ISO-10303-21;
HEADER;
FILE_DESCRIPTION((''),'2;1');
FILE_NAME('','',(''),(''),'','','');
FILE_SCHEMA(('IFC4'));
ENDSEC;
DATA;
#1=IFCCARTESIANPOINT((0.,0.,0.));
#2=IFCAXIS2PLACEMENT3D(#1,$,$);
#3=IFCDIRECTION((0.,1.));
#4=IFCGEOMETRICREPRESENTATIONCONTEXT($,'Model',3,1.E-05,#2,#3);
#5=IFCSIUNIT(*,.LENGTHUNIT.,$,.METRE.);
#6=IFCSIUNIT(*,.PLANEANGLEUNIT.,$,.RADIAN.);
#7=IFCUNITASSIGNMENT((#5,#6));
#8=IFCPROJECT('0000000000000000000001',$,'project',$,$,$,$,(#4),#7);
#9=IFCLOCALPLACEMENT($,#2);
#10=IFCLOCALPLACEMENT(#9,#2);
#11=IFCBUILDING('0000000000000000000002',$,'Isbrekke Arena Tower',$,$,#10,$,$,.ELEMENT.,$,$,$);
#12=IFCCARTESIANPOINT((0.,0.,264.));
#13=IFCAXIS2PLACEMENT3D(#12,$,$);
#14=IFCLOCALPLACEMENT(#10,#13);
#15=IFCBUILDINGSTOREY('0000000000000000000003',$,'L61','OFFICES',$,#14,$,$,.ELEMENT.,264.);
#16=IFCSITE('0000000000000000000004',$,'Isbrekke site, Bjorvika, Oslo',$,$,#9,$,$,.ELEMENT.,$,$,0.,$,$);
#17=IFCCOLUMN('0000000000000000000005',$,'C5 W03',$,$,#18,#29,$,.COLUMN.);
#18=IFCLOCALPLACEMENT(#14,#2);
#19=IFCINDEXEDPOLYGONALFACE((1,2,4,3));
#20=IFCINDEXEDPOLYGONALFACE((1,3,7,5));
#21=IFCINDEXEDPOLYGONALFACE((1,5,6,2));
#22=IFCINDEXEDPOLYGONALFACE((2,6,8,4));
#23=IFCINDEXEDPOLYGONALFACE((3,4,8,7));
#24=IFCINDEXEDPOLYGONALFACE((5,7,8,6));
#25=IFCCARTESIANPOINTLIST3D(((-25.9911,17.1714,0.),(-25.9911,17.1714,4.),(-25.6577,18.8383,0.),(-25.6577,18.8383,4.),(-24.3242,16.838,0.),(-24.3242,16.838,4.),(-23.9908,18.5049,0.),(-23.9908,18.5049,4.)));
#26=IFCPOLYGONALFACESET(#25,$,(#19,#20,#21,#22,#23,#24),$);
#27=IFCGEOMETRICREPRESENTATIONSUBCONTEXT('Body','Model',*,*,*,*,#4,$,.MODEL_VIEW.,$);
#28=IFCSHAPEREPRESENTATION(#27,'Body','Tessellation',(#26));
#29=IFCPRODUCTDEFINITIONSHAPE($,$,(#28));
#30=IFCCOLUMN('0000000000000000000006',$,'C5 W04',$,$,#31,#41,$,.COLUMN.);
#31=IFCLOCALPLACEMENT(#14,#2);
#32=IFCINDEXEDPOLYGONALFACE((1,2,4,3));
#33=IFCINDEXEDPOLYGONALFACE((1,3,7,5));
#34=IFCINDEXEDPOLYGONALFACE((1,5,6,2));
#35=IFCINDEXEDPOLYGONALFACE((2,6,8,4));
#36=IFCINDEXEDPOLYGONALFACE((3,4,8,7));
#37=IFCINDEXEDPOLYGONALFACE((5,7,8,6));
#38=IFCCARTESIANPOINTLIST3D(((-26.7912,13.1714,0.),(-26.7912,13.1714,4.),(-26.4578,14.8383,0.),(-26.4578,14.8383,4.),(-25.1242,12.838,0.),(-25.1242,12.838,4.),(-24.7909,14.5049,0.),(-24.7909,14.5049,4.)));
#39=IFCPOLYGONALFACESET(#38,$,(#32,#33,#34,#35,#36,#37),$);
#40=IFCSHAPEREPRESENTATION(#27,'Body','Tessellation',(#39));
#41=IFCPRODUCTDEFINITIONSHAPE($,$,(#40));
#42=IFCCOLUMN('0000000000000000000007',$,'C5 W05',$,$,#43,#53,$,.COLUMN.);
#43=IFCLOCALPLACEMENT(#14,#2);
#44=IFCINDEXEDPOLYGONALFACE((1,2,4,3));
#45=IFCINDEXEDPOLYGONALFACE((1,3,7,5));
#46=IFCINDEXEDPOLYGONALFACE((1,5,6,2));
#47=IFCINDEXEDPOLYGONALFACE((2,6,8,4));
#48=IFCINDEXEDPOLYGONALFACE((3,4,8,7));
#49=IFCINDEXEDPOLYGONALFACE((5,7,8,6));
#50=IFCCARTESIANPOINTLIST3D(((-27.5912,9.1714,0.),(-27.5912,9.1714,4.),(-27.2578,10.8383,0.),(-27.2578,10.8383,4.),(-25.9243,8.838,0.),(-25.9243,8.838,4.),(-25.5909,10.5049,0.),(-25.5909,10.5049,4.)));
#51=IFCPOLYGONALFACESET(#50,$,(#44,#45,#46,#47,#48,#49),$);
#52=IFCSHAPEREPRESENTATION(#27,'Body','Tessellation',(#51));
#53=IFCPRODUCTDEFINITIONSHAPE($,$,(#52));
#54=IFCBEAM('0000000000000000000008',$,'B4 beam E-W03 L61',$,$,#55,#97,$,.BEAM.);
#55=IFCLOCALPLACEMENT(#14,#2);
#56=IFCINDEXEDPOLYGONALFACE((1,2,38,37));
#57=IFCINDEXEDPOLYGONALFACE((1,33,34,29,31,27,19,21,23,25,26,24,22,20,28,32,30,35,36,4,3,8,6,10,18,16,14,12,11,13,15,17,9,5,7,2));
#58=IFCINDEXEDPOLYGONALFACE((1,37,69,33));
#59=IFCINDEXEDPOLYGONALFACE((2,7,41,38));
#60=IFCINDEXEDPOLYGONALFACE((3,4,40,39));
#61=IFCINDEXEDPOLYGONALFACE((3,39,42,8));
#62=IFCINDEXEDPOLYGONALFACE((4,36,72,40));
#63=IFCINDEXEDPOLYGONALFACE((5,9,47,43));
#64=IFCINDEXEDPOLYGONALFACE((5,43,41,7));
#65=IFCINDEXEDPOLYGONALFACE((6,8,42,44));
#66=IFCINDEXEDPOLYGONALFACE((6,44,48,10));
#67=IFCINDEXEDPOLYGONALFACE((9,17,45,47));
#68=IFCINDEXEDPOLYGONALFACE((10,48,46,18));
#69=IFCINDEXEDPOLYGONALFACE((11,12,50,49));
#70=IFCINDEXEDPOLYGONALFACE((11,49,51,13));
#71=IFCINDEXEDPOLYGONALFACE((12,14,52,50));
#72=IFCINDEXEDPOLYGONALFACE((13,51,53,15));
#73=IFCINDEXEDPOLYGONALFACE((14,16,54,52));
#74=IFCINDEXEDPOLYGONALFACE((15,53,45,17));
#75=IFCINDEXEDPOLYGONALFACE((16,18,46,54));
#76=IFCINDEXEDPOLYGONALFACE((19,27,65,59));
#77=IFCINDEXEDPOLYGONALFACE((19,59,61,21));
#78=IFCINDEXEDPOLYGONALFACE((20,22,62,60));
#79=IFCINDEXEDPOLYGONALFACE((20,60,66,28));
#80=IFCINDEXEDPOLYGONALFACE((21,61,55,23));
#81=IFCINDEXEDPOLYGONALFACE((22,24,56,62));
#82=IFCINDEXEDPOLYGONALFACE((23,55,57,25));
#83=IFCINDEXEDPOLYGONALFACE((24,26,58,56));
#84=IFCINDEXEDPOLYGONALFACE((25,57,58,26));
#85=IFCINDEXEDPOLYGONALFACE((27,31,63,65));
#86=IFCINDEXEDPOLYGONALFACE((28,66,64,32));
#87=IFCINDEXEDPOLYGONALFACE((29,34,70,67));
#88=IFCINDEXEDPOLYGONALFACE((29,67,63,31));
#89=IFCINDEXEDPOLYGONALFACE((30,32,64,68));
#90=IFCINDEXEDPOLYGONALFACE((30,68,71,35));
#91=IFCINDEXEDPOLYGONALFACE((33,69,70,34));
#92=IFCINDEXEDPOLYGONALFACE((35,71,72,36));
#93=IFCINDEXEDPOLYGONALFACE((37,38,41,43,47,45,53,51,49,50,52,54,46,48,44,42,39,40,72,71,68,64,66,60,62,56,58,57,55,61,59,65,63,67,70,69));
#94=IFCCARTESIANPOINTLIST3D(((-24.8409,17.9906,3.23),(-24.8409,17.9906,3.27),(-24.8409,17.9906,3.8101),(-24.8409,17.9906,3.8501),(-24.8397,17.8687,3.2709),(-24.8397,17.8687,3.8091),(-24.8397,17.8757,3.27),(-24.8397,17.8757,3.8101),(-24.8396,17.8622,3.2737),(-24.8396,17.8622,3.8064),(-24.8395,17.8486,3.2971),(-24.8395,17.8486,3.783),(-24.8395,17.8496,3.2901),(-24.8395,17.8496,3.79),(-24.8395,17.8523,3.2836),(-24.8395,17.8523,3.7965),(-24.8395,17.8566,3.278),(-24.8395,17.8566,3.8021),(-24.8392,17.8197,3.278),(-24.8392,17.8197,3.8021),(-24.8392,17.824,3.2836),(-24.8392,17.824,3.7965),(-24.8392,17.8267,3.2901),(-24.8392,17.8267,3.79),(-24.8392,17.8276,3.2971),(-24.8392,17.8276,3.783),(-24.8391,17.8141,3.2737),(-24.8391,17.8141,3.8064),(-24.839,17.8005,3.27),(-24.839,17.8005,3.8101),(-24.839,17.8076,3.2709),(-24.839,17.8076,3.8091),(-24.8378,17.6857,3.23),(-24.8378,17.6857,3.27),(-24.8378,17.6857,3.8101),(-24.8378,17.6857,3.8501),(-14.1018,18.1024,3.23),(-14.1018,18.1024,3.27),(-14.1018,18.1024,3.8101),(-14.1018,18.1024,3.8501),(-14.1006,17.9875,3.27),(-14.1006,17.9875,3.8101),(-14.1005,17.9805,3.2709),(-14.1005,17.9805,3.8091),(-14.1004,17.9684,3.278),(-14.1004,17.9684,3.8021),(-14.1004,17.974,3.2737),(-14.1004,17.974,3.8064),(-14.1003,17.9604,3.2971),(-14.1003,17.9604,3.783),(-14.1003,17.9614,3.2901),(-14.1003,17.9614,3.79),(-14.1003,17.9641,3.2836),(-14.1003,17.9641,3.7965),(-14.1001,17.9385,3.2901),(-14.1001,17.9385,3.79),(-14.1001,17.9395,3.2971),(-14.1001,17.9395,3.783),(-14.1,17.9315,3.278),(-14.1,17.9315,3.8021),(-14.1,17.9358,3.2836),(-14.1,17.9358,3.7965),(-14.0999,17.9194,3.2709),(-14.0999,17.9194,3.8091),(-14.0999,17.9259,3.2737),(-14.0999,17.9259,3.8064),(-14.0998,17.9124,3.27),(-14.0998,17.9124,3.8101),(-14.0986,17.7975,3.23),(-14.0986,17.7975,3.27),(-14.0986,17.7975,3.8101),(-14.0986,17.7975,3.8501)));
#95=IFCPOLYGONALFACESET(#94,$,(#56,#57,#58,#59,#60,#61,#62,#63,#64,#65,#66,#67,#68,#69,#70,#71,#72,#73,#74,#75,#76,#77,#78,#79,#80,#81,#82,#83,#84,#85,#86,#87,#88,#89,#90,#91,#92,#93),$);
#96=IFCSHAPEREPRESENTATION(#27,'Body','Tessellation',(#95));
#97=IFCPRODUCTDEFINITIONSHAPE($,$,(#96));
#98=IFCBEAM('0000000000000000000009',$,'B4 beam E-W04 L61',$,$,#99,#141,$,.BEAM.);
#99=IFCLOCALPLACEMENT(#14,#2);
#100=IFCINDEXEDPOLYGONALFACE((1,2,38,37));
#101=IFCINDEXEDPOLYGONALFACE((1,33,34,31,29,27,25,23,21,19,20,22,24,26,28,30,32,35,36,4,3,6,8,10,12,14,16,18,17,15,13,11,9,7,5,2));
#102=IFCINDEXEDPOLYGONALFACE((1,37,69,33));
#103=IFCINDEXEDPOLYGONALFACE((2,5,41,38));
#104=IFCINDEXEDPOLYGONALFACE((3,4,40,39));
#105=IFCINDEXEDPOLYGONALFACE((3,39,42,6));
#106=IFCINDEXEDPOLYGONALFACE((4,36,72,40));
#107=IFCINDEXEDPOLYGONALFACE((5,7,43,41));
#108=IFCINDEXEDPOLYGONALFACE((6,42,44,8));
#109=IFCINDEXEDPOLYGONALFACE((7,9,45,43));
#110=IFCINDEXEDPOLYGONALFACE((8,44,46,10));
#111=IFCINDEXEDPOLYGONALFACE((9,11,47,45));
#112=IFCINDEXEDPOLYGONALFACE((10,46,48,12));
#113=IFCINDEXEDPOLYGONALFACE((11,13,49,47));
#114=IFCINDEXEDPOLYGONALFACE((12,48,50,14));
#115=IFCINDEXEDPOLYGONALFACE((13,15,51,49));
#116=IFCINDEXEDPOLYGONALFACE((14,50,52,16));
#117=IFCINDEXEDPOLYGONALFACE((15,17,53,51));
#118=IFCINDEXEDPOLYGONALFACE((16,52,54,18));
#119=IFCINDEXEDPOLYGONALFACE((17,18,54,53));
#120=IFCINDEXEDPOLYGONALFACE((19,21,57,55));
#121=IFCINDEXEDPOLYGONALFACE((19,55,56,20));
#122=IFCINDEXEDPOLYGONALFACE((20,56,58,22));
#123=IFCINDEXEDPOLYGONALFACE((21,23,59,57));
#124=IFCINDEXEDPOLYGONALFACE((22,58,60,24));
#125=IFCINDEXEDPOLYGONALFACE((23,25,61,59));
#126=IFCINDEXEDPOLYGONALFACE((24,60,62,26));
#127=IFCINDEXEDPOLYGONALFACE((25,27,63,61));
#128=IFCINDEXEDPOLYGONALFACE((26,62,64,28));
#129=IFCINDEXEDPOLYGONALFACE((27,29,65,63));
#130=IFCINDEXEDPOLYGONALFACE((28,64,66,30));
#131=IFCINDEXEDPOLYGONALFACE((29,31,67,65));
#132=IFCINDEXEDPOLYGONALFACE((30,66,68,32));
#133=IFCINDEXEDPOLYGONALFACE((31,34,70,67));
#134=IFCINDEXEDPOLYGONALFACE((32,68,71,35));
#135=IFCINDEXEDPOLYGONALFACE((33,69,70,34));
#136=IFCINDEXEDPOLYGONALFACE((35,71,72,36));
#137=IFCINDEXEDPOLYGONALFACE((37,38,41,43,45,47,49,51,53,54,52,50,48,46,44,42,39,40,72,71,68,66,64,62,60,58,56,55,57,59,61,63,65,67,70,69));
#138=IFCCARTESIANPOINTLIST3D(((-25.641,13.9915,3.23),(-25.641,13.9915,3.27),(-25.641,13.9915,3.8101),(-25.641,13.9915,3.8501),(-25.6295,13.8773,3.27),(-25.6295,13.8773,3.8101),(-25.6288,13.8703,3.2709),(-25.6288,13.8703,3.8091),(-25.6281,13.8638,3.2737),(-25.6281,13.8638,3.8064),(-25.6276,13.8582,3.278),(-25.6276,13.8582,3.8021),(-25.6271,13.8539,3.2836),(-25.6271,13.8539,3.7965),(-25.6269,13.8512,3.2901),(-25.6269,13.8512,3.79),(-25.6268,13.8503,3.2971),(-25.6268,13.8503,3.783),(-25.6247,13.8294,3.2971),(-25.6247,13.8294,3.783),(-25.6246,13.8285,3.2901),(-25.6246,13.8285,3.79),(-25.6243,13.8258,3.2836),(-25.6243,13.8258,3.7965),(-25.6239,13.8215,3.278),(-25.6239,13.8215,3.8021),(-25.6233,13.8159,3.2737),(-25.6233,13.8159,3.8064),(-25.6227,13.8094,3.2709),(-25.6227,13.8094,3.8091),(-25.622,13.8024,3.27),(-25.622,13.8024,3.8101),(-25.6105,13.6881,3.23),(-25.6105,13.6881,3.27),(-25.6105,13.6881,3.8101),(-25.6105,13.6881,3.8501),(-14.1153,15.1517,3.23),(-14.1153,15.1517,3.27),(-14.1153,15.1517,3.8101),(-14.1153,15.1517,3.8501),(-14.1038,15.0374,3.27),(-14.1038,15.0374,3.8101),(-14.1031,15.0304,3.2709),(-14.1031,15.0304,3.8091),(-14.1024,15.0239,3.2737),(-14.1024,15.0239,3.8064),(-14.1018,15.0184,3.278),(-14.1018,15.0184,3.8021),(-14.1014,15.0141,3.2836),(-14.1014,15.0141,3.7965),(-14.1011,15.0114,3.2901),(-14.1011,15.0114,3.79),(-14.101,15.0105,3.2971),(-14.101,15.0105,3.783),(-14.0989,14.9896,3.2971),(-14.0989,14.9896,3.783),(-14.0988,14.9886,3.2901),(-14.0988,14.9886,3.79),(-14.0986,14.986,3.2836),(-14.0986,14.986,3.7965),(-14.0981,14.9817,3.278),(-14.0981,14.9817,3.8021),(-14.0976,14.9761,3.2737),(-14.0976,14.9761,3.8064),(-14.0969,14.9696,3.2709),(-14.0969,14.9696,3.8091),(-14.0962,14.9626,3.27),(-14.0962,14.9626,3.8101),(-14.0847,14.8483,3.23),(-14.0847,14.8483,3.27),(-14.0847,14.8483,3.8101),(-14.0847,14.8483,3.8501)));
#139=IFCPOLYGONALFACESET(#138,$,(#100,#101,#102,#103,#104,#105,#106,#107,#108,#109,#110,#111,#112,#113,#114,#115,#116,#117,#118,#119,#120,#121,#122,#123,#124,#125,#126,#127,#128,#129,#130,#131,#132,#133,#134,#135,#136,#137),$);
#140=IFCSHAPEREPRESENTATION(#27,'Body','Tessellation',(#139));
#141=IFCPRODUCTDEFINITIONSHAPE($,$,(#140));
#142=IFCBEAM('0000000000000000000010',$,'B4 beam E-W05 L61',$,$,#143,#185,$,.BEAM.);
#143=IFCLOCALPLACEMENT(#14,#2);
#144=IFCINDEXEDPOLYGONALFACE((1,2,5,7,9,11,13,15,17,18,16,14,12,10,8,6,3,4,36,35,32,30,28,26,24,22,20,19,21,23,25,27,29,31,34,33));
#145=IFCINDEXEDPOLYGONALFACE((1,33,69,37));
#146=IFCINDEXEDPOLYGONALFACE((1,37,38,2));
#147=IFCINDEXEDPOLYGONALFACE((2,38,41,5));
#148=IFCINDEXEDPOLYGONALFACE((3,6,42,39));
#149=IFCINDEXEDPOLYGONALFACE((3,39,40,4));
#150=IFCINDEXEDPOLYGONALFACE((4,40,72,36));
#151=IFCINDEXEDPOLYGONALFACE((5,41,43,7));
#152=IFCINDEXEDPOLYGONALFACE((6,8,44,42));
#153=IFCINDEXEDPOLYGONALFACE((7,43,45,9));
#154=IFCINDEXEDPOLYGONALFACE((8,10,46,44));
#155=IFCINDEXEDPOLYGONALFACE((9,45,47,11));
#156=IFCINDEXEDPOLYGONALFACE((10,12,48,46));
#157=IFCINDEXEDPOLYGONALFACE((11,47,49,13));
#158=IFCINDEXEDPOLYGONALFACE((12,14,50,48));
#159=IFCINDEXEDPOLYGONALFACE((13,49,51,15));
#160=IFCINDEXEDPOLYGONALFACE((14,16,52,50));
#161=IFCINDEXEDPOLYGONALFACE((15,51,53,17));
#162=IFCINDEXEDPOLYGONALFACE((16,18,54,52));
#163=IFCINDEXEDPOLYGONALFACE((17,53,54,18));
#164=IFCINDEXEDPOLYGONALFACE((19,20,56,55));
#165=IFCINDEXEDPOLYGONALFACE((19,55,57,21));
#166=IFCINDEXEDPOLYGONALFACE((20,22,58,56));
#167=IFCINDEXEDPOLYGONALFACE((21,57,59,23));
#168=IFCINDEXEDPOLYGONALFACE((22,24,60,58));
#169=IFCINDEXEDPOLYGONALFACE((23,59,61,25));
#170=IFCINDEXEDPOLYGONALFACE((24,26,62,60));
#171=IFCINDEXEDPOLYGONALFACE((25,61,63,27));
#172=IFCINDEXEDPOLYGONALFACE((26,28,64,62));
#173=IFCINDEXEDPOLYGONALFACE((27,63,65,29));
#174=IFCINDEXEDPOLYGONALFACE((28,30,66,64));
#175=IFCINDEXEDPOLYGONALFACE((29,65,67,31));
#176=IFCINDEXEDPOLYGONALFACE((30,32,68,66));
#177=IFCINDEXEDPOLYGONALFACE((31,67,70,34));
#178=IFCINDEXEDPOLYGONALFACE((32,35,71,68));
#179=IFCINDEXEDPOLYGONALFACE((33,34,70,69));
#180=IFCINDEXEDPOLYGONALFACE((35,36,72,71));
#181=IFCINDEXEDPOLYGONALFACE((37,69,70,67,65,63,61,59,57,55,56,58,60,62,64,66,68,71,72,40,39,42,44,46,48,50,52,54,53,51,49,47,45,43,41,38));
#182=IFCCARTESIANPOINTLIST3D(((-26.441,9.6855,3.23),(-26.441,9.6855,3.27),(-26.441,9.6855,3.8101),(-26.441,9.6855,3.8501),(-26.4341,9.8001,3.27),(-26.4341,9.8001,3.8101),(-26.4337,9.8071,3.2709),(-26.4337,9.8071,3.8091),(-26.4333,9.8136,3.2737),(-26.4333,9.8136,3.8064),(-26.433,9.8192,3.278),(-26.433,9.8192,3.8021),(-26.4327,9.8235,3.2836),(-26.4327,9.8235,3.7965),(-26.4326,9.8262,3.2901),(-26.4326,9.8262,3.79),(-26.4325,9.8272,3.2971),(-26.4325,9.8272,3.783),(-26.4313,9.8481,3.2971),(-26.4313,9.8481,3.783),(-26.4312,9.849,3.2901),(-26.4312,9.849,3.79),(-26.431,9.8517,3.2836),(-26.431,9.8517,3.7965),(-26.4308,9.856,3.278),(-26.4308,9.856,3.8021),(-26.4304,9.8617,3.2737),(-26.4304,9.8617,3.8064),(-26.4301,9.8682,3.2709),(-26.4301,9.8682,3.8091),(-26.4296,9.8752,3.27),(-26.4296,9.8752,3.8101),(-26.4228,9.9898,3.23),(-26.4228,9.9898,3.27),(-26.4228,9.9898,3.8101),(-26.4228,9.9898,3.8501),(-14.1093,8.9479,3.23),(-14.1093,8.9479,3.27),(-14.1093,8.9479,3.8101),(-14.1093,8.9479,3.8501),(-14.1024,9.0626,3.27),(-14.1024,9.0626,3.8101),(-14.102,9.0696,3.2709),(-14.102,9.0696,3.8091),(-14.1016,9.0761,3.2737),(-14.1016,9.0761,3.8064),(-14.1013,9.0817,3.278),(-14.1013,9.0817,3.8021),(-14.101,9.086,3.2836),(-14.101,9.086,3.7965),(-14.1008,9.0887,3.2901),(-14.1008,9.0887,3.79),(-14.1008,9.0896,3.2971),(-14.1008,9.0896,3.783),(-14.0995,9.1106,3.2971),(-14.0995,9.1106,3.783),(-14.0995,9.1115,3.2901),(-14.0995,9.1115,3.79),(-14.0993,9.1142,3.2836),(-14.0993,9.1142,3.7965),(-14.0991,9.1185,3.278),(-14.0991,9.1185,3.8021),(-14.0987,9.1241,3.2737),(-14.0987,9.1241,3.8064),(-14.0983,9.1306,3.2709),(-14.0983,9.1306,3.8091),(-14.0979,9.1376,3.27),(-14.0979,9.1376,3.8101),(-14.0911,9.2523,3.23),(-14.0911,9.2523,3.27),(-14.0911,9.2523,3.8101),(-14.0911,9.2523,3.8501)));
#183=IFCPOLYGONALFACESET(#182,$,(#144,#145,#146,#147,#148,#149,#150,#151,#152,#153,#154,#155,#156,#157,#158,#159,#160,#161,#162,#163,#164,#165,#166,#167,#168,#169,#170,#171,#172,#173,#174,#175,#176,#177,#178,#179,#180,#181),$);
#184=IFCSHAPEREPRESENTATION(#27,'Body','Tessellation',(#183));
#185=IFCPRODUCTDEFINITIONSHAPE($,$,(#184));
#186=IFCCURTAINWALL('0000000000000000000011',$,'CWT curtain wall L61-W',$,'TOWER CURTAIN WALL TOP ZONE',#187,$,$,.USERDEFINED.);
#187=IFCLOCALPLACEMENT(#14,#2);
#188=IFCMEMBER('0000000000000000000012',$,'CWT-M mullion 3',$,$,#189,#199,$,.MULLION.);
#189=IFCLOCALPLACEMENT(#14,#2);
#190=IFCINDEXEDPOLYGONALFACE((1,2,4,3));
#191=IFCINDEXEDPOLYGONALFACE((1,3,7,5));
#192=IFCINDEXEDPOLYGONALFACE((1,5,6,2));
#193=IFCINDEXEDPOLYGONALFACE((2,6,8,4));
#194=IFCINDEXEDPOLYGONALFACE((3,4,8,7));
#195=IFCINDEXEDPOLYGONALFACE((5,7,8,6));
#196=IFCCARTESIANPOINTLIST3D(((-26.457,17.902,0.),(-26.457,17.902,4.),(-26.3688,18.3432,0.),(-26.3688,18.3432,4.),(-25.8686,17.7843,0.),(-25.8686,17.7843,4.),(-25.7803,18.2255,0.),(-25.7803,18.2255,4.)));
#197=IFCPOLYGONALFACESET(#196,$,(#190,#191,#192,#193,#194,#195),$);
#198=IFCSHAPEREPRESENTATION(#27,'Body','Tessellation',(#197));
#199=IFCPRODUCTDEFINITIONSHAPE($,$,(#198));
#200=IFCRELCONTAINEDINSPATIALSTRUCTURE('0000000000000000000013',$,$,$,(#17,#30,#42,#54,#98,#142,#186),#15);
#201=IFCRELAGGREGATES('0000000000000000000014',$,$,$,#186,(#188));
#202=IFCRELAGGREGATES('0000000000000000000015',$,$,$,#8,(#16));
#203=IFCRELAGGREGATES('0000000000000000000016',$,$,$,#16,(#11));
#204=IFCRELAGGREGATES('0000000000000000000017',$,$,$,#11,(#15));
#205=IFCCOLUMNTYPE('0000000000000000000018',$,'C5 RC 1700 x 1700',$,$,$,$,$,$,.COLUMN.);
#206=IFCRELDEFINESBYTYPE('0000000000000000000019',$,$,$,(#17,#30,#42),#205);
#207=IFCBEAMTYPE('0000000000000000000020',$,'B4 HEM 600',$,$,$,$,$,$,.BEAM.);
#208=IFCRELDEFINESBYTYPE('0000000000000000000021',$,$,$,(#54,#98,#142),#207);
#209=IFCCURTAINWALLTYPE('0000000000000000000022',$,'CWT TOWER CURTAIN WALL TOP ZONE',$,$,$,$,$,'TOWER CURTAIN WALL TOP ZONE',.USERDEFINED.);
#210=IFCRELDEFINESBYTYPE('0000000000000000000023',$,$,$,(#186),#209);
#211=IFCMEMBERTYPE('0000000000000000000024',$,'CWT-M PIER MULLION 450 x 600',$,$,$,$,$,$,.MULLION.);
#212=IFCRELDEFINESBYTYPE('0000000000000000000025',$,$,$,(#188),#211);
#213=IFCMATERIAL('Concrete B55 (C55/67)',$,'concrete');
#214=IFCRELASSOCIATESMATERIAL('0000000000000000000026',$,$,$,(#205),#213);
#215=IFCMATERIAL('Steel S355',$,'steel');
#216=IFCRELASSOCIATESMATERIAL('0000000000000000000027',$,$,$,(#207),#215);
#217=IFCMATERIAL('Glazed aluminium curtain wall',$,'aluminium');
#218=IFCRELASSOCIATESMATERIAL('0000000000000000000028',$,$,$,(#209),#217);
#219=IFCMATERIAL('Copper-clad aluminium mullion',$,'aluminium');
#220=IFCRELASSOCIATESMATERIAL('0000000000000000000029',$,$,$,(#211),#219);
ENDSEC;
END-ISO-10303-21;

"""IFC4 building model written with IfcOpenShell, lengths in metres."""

from ifc_helpers import new_model, si_unit, direction, frame, origin, origin_2d, place, context, subcontext, project, spatial, rectangle, i_section, extrude, material, material_profile, profile_set, type_object, element, aggregate, save


model = new_model("IFC4")

# Units and contexts
model_context = context("Model", 3, precision=1e-05, world=origin(), true_north=direction((0.0, 1.0)))
body_context = subcontext(model_context, "Body", "Model", "MODEL_VIEW")
ifc_project = project(units=[si_unit("LENGTHUNIT", "METRE"), si_unit("PLANEANGLEUNIT", "RADIAN")], contexts=[model_context])

# Site, building, storey
site_placement = place(None, origin())
site = spatial("IfcSite", under=ifc_project, at=site_placement, Name="Isbrekke site, Bjorvika, Oslo", CompositionType="ELEMENT", RefElevation=0.0)
building_placement = place(site_placement, origin())
building = spatial("IfcBuilding", under=site, at=building_placement, Name="Isbrekke Arena Tower", CompositionType="ELEMENT")
storey_placement = place(building_placement, frame((0.0, 0.0, 264.0)))
storey = spatial("IfcBuildingStorey", under=building, at=storey_placement, Name="L61", Description="OFFICES", CompositionType="ELEMENT", Elevation=264.0)

# Columns
ifc_material_1 = material(Name="Concrete B55 (C55/67)", Category="concrete")
ifc_material_profile_1 = material_profile(ifc_material_1, rectangle(XDim=1.7, YDim=1.7, at=origin_2d()), Name="RC 1700x1700")
ifc_profile_set_1 = profile_set([ifc_material_profile_1], Name="Concrete B55 (C55/67)")
column_type = type_object("IfcColumnType", Name="C5 RC 1700 x 1700", PredefinedType="COLUMN", material=ifc_profile_set_1)
for number, where, z_axis, x_axis, name in (
    (1, (-24.991, 17.8381, 0.0), (0.0, 0.0, 1.0), (-0.196116, -0.980581, 0.0), "C5 W03"),
    (2, (-25.791, 13.8381, 0.0), (0.0, 0.0, 1.0), (-0.196116, -0.980581, 0.0), "C5 W04"),
    (3, (-26.5911, 9.8381, 0.0), (0.0, 0.0, 1.0), (-0.196116, -0.980581, 0.0), "C5 W05"),
):
    element("IfcColumn", number, at=place(storey_placement, frame(where, z_axis=z_axis, x_axis=x_axis)), inside=storey, type_object=column_type, Name=name, PredefinedType="COLUMN", context=body_context, shape_type="SweptSolid", body=[
        extrude(rectangle(XDim=1.7, YDim=1.7, at=origin_2d()), origin(), (0.0, 0.0, 1.0), 4.0),
    ])

# Beams
ifc_material_2 = material(Name="Steel S355", Category="steel")
ifc_material_profile_2 = material_profile(ifc_material_2, i_section(OverallWidth=0.3049, OverallDepth=0.6201, WebThickness=0.021, FlangeThickness=0.04, FilletRadius=0.0271, at=origin_2d()), Name="HEM 600")
ifc_profile_set_2 = profile_set([ifc_material_profile_2], Name="Steel S355")
beam_type_1 = type_object("IfcBeamType", Name="B4 HEM 600", PredefinedType="BEAM", material=ifc_profile_set_2)
beam_1_placement = place(storey_placement, frame((-24.8394, 17.8381, 3.54), z_axis=(0.999946, 0.010411, 0.0), x_axis=(-0.010411, 0.999946, 0.0)))
element("IfcBeam", 4, at=beam_1_placement, inside=storey, type_object=beam_type_1, Name="B4 beam E-W03 L61", PredefinedType="BEAM", context=body_context, shape_type="SweptSolid", body=[
    extrude(i_section(OverallWidth=0.3049, OverallDepth=0.6201, WebThickness=0.021, FlangeThickness=0.04, FilletRadius=0.0271, at=origin_2d()), origin(), (0.0, 0.0, 1.0), 10.7397),
])
beam_2_placement = place(storey_placement, frame((-25.6257, 13.8398, 3.54), z_axis=(0.994972, 0.100153, 0.0), x_axis=(-0.100153, 0.994972, 0.0)))
element("IfcBeam", 5, at=beam_2_placement, inside=storey, type_object=beam_type_1, Name="B4 beam E-W04 L61", PredefinedType="BEAM", context=body_context, shape_type="SweptSolid", body=[
    extrude(i_section(OverallWidth=0.3049, OverallDepth=0.6201, WebThickness=0.021, FlangeThickness=0.04, FilletRadius=0.0271, at=origin_2d()), origin(), (0.0, 0.0, 1.0), 11.584),
])
beam_3_placement = place(storey_placement, frame((-26.4319, 9.8376, 3.54), z_axis=(0.998216, -0.059702, 0.0), x_axis=(0.059702, 0.998216, 0.0)))
element("IfcBeam", 6, at=beam_3_placement, inside=storey, type_object=beam_type_1, Name="B4 beam E-W05 L61", PredefinedType="BEAM", context=body_context, shape_type="SweptSolid", body=[
    extrude(i_section(OverallWidth=0.3049, OverallDepth=0.6201, WebThickness=0.021, FlangeThickness=0.04, FilletRadius=0.0271, at=origin_2d()), origin(), (0.0, 0.0, 1.0), 12.3538),
])

# Curtain wall, member
ifc_material_3 = material(Name="Glazed aluminium curtain wall", Category="aluminium")
curtain_wall_type = type_object("IfcCurtainWallType", Name="CWT TOWER CURTAIN WALL TOP ZONE", ElementType="TOWER CURTAIN WALL TOP ZONE", PredefinedType="USERDEFINED", material=ifc_material_3)
curtain_wall_placement = place(storey_placement, origin())
curtain_wall = element("IfcCurtainWall", 7, at=curtain_wall_placement, inside=storey, type_object=curtain_wall_type, Name="CWT curtain wall L61-W", ObjectType="TOWER CURTAIN WALL TOP ZONE", PredefinedType="USERDEFINED")
ifc_material_4 = material(Name="Copper-clad aluminium mullion", Category="aluminium")
ifc_material_profile_3 = material_profile(ifc_material_4, rectangle(XDim=0.45, YDim=0.6001, at=origin_2d()), Name="PIER 450X600")
ifc_profile_set_3 = profile_set([ifc_material_profile_3], Name="Copper-clad aluminium mullion")
member_type_1 = type_object("IfcMemberType", Name="CWT-M PIER MULLION 450 x 600", PredefinedType="MULLION", material=ifc_profile_set_3)
member_1_placement = place(storey_placement, frame((-26.1187, 18.0637, 0.0), z_axis=(0.0, 0.0, 1.0), x_axis=(-0.196116, -0.980581, 0.0)))
member_1 = element("IfcMember", 8, at=member_1_placement, type_object=member_type_1, Name="CWT-M mullion 3", PredefinedType="MULLION", context=body_context, shape_type="SweptSolid", body=[
    extrude(rectangle(XDim=0.45, YDim=0.6001, at=origin_2d()), origin(), (0.0, 0.0, 1.0), 4.0),
])

aggregate(curtain_wall, [member_1])

save(model, "model.ifc")
